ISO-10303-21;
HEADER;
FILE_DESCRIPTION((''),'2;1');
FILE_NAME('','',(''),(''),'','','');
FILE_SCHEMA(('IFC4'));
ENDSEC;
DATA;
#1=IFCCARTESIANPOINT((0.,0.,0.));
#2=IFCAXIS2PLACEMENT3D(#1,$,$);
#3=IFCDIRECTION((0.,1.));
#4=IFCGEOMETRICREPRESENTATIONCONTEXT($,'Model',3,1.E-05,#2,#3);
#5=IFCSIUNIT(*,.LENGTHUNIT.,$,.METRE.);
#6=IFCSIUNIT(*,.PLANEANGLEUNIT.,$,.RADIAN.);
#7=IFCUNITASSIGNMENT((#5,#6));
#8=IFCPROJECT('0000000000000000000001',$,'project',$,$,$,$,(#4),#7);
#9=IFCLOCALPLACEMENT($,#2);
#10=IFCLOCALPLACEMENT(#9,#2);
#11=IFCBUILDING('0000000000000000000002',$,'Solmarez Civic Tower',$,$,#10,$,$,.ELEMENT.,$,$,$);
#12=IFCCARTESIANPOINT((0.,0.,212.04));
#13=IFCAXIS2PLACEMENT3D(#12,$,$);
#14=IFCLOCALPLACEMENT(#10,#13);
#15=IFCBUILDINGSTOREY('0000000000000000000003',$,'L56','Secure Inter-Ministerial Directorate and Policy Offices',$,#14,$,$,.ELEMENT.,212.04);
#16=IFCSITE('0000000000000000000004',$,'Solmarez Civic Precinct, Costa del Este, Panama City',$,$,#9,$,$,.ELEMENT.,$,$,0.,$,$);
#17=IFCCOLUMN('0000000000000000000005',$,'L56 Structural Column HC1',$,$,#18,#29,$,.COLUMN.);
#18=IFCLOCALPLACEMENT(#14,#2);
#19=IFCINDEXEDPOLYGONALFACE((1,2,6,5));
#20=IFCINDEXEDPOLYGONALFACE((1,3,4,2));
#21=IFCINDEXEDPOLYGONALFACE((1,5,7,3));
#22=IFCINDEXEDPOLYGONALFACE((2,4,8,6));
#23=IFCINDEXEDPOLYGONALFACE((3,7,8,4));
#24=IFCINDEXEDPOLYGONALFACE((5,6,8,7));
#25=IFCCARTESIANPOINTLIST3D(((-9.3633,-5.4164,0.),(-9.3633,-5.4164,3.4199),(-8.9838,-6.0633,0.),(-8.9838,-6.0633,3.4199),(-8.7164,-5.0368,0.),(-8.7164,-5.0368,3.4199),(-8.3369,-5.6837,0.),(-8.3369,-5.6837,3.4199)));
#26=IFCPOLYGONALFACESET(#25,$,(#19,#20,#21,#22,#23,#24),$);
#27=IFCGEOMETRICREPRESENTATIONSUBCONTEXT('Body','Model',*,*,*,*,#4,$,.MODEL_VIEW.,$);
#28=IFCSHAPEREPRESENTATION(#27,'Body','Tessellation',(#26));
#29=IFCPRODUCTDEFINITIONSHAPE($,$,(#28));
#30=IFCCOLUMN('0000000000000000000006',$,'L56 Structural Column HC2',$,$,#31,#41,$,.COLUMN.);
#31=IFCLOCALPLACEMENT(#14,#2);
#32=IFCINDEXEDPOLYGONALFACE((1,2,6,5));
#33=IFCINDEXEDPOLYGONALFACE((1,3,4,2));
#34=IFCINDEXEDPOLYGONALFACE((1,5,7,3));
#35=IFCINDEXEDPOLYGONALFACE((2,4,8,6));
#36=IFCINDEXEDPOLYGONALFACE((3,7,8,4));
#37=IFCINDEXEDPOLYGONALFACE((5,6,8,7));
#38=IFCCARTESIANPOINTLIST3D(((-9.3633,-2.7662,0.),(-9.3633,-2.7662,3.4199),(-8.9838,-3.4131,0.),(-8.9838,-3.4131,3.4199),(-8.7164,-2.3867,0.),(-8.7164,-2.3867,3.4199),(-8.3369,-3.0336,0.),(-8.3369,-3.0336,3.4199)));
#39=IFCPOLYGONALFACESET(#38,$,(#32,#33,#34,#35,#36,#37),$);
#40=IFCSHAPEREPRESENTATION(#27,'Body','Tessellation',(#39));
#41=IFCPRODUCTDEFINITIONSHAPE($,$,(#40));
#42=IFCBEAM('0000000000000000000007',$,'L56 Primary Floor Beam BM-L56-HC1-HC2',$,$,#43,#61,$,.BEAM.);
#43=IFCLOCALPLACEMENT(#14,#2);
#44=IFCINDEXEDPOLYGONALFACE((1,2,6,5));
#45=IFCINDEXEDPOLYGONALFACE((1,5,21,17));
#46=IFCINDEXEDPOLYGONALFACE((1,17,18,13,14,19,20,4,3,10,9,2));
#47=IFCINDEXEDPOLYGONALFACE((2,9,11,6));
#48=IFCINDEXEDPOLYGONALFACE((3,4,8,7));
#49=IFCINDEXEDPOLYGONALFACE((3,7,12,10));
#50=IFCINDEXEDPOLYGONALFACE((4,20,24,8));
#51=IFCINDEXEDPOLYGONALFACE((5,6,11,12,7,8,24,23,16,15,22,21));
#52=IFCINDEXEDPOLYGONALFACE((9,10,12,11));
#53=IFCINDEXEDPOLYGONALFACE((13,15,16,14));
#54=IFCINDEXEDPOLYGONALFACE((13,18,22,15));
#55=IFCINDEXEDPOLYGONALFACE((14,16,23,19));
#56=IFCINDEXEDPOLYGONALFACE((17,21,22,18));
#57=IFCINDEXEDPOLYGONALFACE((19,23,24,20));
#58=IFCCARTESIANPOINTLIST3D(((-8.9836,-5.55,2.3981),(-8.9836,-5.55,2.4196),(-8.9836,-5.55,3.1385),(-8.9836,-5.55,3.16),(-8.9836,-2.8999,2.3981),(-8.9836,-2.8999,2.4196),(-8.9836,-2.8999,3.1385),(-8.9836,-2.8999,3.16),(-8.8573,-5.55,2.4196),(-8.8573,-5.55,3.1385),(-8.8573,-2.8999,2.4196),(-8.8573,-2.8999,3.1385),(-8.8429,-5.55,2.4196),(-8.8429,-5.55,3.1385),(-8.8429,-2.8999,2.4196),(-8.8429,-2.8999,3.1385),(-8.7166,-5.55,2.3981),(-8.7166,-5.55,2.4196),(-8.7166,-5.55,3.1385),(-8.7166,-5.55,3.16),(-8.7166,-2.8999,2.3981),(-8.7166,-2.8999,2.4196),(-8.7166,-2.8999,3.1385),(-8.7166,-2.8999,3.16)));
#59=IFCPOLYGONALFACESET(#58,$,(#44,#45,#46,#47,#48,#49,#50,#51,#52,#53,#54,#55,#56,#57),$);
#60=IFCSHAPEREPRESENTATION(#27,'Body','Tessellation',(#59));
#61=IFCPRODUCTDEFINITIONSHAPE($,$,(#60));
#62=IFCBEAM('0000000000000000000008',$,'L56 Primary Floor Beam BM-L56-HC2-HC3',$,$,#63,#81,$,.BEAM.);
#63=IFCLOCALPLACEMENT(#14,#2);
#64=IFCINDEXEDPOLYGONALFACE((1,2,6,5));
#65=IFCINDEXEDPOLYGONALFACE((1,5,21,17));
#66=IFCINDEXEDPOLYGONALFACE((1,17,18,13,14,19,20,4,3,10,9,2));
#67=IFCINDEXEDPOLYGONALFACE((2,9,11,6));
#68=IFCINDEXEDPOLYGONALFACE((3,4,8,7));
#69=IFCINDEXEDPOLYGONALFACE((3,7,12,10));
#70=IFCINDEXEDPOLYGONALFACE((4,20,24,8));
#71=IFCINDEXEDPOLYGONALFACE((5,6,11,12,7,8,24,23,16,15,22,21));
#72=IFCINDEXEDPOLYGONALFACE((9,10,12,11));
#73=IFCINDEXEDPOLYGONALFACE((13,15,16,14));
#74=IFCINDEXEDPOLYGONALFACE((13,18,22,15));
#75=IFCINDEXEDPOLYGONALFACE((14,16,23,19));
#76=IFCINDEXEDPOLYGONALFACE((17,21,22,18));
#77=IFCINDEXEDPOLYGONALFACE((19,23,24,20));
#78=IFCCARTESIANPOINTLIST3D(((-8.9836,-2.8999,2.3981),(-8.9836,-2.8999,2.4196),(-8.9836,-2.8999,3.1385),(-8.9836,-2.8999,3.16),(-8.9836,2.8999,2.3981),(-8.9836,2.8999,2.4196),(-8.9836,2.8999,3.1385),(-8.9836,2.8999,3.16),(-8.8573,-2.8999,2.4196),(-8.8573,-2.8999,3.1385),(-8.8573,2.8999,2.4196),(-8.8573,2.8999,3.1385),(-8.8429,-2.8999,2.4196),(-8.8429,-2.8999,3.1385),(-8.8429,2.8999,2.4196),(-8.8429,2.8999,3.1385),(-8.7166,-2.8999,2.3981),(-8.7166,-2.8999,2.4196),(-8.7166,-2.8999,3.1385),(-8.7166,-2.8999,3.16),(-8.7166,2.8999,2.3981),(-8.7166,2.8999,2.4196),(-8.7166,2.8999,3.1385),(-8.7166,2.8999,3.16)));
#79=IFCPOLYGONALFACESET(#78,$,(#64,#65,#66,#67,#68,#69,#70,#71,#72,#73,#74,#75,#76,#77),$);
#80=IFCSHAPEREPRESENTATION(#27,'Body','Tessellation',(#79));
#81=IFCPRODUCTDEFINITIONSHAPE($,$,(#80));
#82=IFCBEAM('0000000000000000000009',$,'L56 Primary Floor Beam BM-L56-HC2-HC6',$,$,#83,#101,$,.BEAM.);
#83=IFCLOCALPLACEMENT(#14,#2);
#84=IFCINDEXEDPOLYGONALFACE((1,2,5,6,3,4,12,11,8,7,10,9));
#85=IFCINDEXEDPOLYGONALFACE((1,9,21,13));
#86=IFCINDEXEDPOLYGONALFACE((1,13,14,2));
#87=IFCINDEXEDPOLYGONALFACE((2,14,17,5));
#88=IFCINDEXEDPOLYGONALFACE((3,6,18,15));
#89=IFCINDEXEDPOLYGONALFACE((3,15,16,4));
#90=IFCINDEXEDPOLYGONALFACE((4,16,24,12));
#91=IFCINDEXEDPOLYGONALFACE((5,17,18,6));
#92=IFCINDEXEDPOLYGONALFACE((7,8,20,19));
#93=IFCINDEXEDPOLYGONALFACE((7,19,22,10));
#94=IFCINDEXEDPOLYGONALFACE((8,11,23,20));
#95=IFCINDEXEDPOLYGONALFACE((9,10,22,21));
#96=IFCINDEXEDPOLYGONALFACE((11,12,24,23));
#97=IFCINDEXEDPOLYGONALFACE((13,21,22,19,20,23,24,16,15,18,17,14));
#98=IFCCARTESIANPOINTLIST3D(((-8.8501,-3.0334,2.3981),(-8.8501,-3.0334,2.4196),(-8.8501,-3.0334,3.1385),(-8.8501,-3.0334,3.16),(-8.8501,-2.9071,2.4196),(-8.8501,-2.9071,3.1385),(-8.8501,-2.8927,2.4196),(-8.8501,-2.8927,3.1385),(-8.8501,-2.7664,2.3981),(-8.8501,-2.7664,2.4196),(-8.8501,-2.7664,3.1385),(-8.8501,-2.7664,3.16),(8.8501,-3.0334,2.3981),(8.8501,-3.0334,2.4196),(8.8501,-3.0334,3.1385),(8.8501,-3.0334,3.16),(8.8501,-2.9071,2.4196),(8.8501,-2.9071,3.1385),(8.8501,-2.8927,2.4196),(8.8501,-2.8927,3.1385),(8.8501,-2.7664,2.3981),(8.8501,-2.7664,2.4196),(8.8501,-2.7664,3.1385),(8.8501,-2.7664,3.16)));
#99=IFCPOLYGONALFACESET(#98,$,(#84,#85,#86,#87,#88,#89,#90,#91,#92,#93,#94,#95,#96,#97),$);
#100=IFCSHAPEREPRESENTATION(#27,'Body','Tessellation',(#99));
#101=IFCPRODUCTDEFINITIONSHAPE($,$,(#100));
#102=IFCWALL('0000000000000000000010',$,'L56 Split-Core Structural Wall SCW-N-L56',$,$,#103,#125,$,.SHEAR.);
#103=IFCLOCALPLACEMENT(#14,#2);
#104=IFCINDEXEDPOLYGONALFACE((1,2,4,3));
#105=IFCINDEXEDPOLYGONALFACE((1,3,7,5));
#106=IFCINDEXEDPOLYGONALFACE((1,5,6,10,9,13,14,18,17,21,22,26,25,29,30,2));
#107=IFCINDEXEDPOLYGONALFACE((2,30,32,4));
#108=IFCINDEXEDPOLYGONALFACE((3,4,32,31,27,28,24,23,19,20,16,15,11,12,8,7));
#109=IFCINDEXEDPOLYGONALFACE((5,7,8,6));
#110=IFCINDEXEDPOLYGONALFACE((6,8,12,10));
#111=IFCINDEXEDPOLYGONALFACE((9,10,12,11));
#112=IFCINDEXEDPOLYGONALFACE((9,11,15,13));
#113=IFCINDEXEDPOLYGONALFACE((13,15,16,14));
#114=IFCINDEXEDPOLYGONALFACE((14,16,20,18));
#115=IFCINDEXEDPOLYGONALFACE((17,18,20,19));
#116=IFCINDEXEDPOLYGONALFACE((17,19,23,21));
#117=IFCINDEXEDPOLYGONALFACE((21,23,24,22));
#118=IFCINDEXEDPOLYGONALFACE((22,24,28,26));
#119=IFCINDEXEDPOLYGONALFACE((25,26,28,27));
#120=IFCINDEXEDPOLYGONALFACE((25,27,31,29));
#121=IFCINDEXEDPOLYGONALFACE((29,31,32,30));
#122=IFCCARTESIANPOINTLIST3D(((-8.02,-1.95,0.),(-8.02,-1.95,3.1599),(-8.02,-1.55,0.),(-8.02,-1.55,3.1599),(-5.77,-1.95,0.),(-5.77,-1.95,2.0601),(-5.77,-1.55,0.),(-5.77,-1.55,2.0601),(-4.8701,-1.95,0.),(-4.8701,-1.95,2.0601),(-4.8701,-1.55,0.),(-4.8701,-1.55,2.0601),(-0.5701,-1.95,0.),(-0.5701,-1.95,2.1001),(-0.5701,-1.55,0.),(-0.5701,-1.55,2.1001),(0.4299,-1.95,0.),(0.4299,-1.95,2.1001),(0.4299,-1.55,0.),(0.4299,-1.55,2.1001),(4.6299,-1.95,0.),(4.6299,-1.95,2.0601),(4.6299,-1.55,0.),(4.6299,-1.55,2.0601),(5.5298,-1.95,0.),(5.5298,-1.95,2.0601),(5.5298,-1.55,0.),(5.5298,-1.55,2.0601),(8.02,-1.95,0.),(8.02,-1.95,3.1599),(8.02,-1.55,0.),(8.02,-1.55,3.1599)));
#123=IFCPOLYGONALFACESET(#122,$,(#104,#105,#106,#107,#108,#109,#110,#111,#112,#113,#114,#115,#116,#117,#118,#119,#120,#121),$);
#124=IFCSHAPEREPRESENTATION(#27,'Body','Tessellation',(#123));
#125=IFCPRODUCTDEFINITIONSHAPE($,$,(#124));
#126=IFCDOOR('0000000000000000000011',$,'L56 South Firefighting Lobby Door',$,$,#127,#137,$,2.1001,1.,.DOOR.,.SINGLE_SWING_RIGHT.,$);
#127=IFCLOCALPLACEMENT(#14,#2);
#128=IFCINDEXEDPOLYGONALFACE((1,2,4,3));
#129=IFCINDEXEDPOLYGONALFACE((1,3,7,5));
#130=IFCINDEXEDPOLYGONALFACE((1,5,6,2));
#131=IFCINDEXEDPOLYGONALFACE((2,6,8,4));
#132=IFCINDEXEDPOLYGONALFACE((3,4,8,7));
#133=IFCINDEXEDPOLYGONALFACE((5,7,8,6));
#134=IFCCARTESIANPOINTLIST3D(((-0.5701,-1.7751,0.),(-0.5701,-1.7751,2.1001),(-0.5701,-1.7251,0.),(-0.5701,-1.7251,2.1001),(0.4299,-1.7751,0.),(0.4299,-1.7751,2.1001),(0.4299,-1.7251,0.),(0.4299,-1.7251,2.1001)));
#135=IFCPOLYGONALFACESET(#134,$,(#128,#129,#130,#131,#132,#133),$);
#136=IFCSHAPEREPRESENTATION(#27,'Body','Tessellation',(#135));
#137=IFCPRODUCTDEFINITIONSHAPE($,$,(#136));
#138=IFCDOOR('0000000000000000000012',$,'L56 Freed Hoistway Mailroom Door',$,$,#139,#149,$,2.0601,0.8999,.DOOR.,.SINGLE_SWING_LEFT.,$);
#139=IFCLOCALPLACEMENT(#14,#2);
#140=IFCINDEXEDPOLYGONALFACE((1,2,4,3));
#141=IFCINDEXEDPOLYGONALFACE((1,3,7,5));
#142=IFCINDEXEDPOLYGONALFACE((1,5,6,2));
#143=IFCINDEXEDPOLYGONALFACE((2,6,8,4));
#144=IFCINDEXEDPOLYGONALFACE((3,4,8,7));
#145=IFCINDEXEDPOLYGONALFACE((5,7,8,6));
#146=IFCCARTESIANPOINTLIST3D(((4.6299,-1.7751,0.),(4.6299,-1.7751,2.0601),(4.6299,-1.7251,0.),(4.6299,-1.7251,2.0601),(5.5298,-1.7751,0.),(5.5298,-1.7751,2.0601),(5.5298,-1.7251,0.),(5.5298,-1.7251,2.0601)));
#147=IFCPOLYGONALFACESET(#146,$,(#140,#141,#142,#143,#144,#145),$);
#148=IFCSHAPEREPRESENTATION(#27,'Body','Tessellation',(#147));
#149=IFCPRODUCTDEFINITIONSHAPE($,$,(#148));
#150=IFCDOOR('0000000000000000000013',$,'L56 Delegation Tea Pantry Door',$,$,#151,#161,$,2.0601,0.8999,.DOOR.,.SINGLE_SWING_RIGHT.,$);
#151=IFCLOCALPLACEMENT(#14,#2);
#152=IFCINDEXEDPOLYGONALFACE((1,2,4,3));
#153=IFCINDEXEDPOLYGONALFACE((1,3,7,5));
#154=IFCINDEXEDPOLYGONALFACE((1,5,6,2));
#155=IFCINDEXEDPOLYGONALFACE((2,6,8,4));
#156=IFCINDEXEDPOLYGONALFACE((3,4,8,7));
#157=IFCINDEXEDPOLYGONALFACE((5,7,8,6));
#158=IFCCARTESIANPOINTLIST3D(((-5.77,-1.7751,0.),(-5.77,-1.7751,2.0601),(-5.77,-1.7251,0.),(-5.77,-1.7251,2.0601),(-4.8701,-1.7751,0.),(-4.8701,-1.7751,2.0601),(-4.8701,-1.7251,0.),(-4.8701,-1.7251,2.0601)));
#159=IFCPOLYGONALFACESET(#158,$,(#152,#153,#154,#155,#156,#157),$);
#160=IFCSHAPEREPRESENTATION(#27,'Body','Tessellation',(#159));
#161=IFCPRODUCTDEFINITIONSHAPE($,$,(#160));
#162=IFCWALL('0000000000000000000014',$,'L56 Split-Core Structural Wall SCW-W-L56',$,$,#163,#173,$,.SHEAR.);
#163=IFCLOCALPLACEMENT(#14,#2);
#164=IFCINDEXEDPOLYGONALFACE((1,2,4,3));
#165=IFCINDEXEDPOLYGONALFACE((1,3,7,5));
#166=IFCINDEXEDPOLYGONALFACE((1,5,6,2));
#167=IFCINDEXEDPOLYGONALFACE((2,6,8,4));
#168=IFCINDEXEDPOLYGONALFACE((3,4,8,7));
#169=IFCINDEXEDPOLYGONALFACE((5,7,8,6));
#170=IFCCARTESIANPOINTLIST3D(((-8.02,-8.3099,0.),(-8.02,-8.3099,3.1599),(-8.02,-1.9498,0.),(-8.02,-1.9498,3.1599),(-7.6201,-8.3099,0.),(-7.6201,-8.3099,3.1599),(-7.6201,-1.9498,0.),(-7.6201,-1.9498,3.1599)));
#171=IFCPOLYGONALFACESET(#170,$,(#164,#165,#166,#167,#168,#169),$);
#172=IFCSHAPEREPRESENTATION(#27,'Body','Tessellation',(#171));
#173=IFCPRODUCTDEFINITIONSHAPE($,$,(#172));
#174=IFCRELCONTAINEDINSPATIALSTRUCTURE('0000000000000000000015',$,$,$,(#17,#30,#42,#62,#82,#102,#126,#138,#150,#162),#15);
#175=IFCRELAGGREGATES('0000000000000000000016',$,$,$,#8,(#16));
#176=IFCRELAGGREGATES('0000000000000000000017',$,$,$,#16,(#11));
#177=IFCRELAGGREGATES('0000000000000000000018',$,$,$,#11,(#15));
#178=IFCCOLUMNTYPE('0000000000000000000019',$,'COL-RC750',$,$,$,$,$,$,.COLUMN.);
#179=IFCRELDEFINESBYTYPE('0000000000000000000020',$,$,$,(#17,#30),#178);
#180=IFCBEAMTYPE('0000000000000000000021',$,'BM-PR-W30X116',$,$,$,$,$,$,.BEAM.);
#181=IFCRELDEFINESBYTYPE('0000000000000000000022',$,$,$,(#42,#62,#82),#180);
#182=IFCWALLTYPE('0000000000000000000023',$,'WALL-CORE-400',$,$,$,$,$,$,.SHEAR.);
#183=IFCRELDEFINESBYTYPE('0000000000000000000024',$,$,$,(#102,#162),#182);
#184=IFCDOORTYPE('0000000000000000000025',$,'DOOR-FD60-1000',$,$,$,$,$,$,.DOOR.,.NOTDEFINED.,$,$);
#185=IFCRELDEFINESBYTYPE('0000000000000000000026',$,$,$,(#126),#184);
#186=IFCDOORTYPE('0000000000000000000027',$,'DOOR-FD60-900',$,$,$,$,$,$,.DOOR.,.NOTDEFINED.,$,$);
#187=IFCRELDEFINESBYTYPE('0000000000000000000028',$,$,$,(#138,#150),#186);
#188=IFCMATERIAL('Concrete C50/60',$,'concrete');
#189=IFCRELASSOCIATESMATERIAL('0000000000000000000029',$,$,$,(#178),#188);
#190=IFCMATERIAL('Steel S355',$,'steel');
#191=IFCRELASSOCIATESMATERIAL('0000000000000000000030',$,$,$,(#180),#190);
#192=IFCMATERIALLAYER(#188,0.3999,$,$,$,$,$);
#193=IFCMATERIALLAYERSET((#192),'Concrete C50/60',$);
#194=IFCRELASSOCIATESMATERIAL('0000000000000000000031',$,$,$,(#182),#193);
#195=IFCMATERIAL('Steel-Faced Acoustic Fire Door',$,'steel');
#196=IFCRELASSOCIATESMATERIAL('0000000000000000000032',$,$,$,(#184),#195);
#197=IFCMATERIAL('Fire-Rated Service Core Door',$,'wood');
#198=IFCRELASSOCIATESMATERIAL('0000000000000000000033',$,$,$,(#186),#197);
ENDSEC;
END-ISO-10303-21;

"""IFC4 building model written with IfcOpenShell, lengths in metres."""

from ifc_helpers import new_model, si_unit, direction, frame, frame_2d, origin, origin_2d, place, context, subcontext, project, spatial, rectangle, i_section, extrude, material, layer, layer_set, material_profile, profile_set, type_object, element, fill, save


model = new_model("IFC4")

# Units and contexts
model_context = context("Model", 3, precision=1e-05, world=origin(), true_north=direction((0.0, 1.0)))
body_context = subcontext(model_context, "Body", "Model", "MODEL_VIEW")
ifc_project = project(units=[si_unit("LENGTHUNIT", "METRE"), si_unit("PLANEANGLEUNIT", "RADIAN")], contexts=[model_context])

# Site, building, storey
site_placement = place(None, origin())
site = spatial("IfcSite", under=ifc_project, at=site_placement, Name="Solmarez Civic Precinct, Costa del Este, Panama City", CompositionType="ELEMENT", RefElevation=0.0)
building_placement = place(site_placement, origin())
building = spatial("IfcBuilding", under=site, at=building_placement, Name="Solmarez Civic Tower", CompositionType="ELEMENT")
storey_placement = place(building_placement, frame((0.0, 0.0, 212.04)))
storey = spatial("IfcBuildingStorey", under=building, at=storey_placement, Name="L56", Description="Secure Inter-Ministerial Directorate and Policy Offices", CompositionType="ELEMENT", Elevation=212.04)

# Columns
ifc_material_1 = material(Name="Concrete C50/60", Category="concrete")
ifc_material_profile_1 = material_profile(ifc_material_1, rectangle(XDim=0.75, YDim=0.75, at=origin_2d()), Name="RC750X750")
ifc_profile_set_1 = profile_set([ifc_material_profile_1], Name="Concrete C50/60")
column_type = type_object("IfcColumnType", Name="COL-RC750", PredefinedType="COLUMN", material=ifc_profile_set_1)
for number, where, z_axis, x_axis, name in (
    (1, (-8.8501, -5.55, 0.0), (0.0, 0.0, 1.0), (0.862514, 0.506034, 0.0), "L56 Structural Column HC1"),
    (2, (-8.8501, -2.8999, 0.0), (0.0, 0.0, 1.0), (0.862514, 0.506034, 0.0), "L56 Structural Column HC2"),
):
    element("IfcColumn", number, at=place(storey_placement, frame(where, z_axis=z_axis, x_axis=x_axis)), inside=storey, type_object=column_type, Name=name, PredefinedType="COLUMN", context=body_context, shape_type="SweptSolid", body=[
        extrude(rectangle(XDim=0.75, YDim=0.75, at=origin_2d()), origin(), (0.0, 0.0, 1.0), 3.4199),
    ])

# Beams
ifc_material_2 = material(Name="Steel S355", Category="steel")
ifc_material_profile_2 = material_profile(ifc_material_2, i_section(OverallWidth=0.2671, OverallDepth=0.762, WebThickness=0.0144, FlangeThickness=0.0215, at=origin_2d()), Name="W30X116")
ifc_profile_set_2 = profile_set([ifc_material_profile_2], Name="Steel S355")
beam_type = type_object("IfcBeamType", Name="BM-PR-W30X116", PredefinedType="BEAM", material=ifc_profile_set_2)
beam_1_placement = place(storey_placement, frame((-8.8501, -5.55, 2.7791), z_axis=(0.0, 1.0, 0.0), x_axis=(-1.0, 0.0, 0.0)))
element("IfcBeam", 3, at=beam_1_placement, inside=storey, type_object=beam_type, Name="L56 Primary Floor Beam BM-L56-HC1-HC2", PredefinedType="BEAM", context=body_context, shape_type="SweptSolid", body=[
    extrude(i_section(OverallWidth=0.2671, OverallDepth=0.762, WebThickness=0.0144, FlangeThickness=0.0215, at=origin_2d()), origin(), (0.0, 0.0, 1.0), 2.6501),
])
beam_2_placement = place(storey_placement, frame((-8.8501, -2.8999, 2.7791), z_axis=(0.0, 1.0, 0.0), x_axis=(-1.0, 0.0, 0.0)))
element("IfcBeam", 4, at=beam_2_placement, inside=storey, type_object=beam_type, Name="L56 Primary Floor Beam BM-L56-HC2-HC3", PredefinedType="BEAM", context=body_context, shape_type="SweptSolid", body=[
    extrude(i_section(OverallWidth=0.2671, OverallDepth=0.762, WebThickness=0.0144, FlangeThickness=0.0215, at=origin_2d()), origin(), (0.0, 0.0, 1.0), 5.7998),
])
beam_3_placement = place(storey_placement, frame((-8.8501, -2.8999, 2.7791), z_axis=(1.0, 0.0, 0.0), x_axis=(0.0, 1.0, 0.0)))
element("IfcBeam", 5, at=beam_3_placement, inside=storey, type_object=beam_type, Name="L56 Primary Floor Beam BM-L56-HC2-HC6", PredefinedType="BEAM", context=body_context, shape_type="SweptSolid", body=[
    extrude(i_section(OverallWidth=0.2671, OverallDepth=0.762, WebThickness=0.0144, FlangeThickness=0.0215, at=origin_2d()), origin(), (0.0, 0.0, 1.0), 17.7002),
])

# Wall, openings, doors
ifc_layer_1 = layer(ifc_material_1, 0.3999)
ifc_layer_set_1 = layer_set([ifc_layer_1], Name="Concrete C50/60")
wall_type_1 = type_object("IfcWallType", Name="WALL-CORE-400", PredefinedType="SHEAR", material=ifc_layer_set_1)
wall_1_placement = place(storey_placement, frame((-8.02, -1.75, 0.0), z_axis=(0.0, 0.0, 1.0), x_axis=(1.0, 0.0, 0.0)))
wall_1 = element("IfcWall", 6, at=wall_1_placement, inside=storey, type_object=wall_type_1, Name="L56 Split-Core Structural Wall SCW-N-L56", PredefinedType="SHEAR", context=body_context, shape_type="SweptSolid", body=[
    extrude(rectangle(XDim=16.04, YDim=0.3999, at=frame_2d((8.02, 0.0))), origin(), (0.0, 0.0, 1.0), 3.1599),
])
opening_1_placement = place(wall_1_placement, frame((7.45, 0.0, 0.0)))
opening_1 = element("IfcOpeningElement", 7, at=opening_1_placement, cuts=wall_1, PredefinedType="OPENING", context=body_context, shape_type="SweptSolid", body=[
    extrude(rectangle(XDim=1.0, YDim=2.1001, at=frame_2d((0.5, 1.05))), frame((0.0, 0.21, 0.0), z_axis=(0.0, -1.0, 0.0), x_axis=(1.0, 0.0, 0.0)), (0.0, 0.0, 1.0), 0.4199),
])
opening_2_placement = place(wall_1_placement, frame((12.6499, 0.0, 0.0)))
opening_2 = element("IfcOpeningElement", 8, at=opening_2_placement, cuts=wall_1, PredefinedType="OPENING", context=body_context, shape_type="SweptSolid", body=[
    extrude(rectangle(XDim=0.8999, YDim=2.0601, at=frame_2d((0.45, 1.03))), frame((0.0, 0.21, 0.0), z_axis=(0.0, -1.0, 0.0), x_axis=(1.0, 0.0, 0.0)), (0.0, 0.0, 1.0), 0.4199),
])
opening_3_placement = place(wall_1_placement, frame((2.25, 0.0, 0.0)))
opening_3 = element("IfcOpeningElement", 9, at=opening_3_placement, cuts=wall_1, PredefinedType="OPENING", context=body_context, shape_type="SweptSolid", body=[
    extrude(rectangle(XDim=0.8999, YDim=2.0601, at=frame_2d((0.45, 1.03))), frame((0.0, 0.21, 0.0), z_axis=(0.0, -1.0, 0.0), x_axis=(1.0, 0.0, 0.0)), (0.0, 0.0, 1.0), 0.4199),
])
ifc_material_3 = material(Name="Steel-Faced Acoustic Fire Door", Category="steel")
door_type_1 = type_object("IfcDoorType", Name="DOOR-FD60-1000", OperationType="NOTDEFINED", PredefinedType="DOOR", material=ifc_material_3)
door_1_placement = place(opening_1_placement, origin())
door_1 = element("IfcDoor", 10, at=door_1_placement, inside=storey, type_object=door_type_1, Name="L56 South Firefighting Lobby Door", OperationType="SINGLE_SWING_RIGHT", OverallHeight=2.1001, OverallWidth=1.0, PredefinedType="DOOR", context=body_context, shape_type="SweptSolid", body=[
    extrude(rectangle(XDim=1.0, YDim=2.1001, at=frame_2d((0.5, 1.05))), frame((0.0, 0.0249, 0.0), z_axis=(0.0, -1.0, 0.0), x_axis=(1.0, 0.0, 0.0)), (0.0, 0.0, 1.0), 0.05),
])
fill(opening_1, door_1)
ifc_material_4 = material(Name="Fire-Rated Service Core Door", Category="wood")
door_type_2 = type_object("IfcDoorType", Name="DOOR-FD60-900", OperationType="NOTDEFINED", PredefinedType="DOOR", material=ifc_material_4)
door_2_placement = place(opening_2_placement, origin())
door_2 = element("IfcDoor", 11, at=door_2_placement, inside=storey, type_object=door_type_2, Name="L56 Freed Hoistway Mailroom Door", OperationType="SINGLE_SWING_LEFT", OverallHeight=2.0601, OverallWidth=0.8999, PredefinedType="DOOR", context=body_context, shape_type="SweptSolid", body=[
    extrude(rectangle(XDim=0.8999, YDim=2.0601, at=frame_2d((0.45, 1.03))), frame((0.0, 0.0249, 0.0), z_axis=(0.0, -1.0, 0.0), x_axis=(1.0, 0.0, 0.0)), (0.0, 0.0, 1.0), 0.05),
])
fill(opening_2, door_2)
door_3_placement = place(opening_3_placement, origin())
door_3 = element("IfcDoor", 12, at=door_3_placement, inside=storey, type_object=door_type_2, Name="L56 Delegation Tea Pantry Door", OperationType="SINGLE_SWING_RIGHT", OverallHeight=2.0601, OverallWidth=0.8999, PredefinedType="DOOR", context=body_context, shape_type="SweptSolid", body=[
    extrude(rectangle(XDim=0.8999, YDim=2.0601, at=frame_2d((0.45, 1.03))), frame((0.0, 0.0249, 0.0), z_axis=(0.0, -1.0, 0.0), x_axis=(1.0, 0.0, 0.0)), (0.0, 0.0, 1.0), 0.05),
])
fill(opening_3, door_3)

# Wall
wall_2_placement = place(storey_placement, frame((-7.8201, -8.3101, 0.0), z_axis=(0.0, 0.0, 1.0), x_axis=(0.0, 1.0, 0.0)))
element("IfcWall", 13, at=wall_2_placement, inside=storey, type_object=wall_type_1, Name="L56 Split-Core Structural Wall SCW-W-L56", PredefinedType="SHEAR", context=body_context, shape_type="SweptSolid", body=[
    extrude(rectangle(XDim=6.3601, YDim=0.3999, at=frame_2d((3.1802, 0.0))), origin(), (0.0, 0.0, 1.0), 3.1599),
])

save(model, "model.ifc")
